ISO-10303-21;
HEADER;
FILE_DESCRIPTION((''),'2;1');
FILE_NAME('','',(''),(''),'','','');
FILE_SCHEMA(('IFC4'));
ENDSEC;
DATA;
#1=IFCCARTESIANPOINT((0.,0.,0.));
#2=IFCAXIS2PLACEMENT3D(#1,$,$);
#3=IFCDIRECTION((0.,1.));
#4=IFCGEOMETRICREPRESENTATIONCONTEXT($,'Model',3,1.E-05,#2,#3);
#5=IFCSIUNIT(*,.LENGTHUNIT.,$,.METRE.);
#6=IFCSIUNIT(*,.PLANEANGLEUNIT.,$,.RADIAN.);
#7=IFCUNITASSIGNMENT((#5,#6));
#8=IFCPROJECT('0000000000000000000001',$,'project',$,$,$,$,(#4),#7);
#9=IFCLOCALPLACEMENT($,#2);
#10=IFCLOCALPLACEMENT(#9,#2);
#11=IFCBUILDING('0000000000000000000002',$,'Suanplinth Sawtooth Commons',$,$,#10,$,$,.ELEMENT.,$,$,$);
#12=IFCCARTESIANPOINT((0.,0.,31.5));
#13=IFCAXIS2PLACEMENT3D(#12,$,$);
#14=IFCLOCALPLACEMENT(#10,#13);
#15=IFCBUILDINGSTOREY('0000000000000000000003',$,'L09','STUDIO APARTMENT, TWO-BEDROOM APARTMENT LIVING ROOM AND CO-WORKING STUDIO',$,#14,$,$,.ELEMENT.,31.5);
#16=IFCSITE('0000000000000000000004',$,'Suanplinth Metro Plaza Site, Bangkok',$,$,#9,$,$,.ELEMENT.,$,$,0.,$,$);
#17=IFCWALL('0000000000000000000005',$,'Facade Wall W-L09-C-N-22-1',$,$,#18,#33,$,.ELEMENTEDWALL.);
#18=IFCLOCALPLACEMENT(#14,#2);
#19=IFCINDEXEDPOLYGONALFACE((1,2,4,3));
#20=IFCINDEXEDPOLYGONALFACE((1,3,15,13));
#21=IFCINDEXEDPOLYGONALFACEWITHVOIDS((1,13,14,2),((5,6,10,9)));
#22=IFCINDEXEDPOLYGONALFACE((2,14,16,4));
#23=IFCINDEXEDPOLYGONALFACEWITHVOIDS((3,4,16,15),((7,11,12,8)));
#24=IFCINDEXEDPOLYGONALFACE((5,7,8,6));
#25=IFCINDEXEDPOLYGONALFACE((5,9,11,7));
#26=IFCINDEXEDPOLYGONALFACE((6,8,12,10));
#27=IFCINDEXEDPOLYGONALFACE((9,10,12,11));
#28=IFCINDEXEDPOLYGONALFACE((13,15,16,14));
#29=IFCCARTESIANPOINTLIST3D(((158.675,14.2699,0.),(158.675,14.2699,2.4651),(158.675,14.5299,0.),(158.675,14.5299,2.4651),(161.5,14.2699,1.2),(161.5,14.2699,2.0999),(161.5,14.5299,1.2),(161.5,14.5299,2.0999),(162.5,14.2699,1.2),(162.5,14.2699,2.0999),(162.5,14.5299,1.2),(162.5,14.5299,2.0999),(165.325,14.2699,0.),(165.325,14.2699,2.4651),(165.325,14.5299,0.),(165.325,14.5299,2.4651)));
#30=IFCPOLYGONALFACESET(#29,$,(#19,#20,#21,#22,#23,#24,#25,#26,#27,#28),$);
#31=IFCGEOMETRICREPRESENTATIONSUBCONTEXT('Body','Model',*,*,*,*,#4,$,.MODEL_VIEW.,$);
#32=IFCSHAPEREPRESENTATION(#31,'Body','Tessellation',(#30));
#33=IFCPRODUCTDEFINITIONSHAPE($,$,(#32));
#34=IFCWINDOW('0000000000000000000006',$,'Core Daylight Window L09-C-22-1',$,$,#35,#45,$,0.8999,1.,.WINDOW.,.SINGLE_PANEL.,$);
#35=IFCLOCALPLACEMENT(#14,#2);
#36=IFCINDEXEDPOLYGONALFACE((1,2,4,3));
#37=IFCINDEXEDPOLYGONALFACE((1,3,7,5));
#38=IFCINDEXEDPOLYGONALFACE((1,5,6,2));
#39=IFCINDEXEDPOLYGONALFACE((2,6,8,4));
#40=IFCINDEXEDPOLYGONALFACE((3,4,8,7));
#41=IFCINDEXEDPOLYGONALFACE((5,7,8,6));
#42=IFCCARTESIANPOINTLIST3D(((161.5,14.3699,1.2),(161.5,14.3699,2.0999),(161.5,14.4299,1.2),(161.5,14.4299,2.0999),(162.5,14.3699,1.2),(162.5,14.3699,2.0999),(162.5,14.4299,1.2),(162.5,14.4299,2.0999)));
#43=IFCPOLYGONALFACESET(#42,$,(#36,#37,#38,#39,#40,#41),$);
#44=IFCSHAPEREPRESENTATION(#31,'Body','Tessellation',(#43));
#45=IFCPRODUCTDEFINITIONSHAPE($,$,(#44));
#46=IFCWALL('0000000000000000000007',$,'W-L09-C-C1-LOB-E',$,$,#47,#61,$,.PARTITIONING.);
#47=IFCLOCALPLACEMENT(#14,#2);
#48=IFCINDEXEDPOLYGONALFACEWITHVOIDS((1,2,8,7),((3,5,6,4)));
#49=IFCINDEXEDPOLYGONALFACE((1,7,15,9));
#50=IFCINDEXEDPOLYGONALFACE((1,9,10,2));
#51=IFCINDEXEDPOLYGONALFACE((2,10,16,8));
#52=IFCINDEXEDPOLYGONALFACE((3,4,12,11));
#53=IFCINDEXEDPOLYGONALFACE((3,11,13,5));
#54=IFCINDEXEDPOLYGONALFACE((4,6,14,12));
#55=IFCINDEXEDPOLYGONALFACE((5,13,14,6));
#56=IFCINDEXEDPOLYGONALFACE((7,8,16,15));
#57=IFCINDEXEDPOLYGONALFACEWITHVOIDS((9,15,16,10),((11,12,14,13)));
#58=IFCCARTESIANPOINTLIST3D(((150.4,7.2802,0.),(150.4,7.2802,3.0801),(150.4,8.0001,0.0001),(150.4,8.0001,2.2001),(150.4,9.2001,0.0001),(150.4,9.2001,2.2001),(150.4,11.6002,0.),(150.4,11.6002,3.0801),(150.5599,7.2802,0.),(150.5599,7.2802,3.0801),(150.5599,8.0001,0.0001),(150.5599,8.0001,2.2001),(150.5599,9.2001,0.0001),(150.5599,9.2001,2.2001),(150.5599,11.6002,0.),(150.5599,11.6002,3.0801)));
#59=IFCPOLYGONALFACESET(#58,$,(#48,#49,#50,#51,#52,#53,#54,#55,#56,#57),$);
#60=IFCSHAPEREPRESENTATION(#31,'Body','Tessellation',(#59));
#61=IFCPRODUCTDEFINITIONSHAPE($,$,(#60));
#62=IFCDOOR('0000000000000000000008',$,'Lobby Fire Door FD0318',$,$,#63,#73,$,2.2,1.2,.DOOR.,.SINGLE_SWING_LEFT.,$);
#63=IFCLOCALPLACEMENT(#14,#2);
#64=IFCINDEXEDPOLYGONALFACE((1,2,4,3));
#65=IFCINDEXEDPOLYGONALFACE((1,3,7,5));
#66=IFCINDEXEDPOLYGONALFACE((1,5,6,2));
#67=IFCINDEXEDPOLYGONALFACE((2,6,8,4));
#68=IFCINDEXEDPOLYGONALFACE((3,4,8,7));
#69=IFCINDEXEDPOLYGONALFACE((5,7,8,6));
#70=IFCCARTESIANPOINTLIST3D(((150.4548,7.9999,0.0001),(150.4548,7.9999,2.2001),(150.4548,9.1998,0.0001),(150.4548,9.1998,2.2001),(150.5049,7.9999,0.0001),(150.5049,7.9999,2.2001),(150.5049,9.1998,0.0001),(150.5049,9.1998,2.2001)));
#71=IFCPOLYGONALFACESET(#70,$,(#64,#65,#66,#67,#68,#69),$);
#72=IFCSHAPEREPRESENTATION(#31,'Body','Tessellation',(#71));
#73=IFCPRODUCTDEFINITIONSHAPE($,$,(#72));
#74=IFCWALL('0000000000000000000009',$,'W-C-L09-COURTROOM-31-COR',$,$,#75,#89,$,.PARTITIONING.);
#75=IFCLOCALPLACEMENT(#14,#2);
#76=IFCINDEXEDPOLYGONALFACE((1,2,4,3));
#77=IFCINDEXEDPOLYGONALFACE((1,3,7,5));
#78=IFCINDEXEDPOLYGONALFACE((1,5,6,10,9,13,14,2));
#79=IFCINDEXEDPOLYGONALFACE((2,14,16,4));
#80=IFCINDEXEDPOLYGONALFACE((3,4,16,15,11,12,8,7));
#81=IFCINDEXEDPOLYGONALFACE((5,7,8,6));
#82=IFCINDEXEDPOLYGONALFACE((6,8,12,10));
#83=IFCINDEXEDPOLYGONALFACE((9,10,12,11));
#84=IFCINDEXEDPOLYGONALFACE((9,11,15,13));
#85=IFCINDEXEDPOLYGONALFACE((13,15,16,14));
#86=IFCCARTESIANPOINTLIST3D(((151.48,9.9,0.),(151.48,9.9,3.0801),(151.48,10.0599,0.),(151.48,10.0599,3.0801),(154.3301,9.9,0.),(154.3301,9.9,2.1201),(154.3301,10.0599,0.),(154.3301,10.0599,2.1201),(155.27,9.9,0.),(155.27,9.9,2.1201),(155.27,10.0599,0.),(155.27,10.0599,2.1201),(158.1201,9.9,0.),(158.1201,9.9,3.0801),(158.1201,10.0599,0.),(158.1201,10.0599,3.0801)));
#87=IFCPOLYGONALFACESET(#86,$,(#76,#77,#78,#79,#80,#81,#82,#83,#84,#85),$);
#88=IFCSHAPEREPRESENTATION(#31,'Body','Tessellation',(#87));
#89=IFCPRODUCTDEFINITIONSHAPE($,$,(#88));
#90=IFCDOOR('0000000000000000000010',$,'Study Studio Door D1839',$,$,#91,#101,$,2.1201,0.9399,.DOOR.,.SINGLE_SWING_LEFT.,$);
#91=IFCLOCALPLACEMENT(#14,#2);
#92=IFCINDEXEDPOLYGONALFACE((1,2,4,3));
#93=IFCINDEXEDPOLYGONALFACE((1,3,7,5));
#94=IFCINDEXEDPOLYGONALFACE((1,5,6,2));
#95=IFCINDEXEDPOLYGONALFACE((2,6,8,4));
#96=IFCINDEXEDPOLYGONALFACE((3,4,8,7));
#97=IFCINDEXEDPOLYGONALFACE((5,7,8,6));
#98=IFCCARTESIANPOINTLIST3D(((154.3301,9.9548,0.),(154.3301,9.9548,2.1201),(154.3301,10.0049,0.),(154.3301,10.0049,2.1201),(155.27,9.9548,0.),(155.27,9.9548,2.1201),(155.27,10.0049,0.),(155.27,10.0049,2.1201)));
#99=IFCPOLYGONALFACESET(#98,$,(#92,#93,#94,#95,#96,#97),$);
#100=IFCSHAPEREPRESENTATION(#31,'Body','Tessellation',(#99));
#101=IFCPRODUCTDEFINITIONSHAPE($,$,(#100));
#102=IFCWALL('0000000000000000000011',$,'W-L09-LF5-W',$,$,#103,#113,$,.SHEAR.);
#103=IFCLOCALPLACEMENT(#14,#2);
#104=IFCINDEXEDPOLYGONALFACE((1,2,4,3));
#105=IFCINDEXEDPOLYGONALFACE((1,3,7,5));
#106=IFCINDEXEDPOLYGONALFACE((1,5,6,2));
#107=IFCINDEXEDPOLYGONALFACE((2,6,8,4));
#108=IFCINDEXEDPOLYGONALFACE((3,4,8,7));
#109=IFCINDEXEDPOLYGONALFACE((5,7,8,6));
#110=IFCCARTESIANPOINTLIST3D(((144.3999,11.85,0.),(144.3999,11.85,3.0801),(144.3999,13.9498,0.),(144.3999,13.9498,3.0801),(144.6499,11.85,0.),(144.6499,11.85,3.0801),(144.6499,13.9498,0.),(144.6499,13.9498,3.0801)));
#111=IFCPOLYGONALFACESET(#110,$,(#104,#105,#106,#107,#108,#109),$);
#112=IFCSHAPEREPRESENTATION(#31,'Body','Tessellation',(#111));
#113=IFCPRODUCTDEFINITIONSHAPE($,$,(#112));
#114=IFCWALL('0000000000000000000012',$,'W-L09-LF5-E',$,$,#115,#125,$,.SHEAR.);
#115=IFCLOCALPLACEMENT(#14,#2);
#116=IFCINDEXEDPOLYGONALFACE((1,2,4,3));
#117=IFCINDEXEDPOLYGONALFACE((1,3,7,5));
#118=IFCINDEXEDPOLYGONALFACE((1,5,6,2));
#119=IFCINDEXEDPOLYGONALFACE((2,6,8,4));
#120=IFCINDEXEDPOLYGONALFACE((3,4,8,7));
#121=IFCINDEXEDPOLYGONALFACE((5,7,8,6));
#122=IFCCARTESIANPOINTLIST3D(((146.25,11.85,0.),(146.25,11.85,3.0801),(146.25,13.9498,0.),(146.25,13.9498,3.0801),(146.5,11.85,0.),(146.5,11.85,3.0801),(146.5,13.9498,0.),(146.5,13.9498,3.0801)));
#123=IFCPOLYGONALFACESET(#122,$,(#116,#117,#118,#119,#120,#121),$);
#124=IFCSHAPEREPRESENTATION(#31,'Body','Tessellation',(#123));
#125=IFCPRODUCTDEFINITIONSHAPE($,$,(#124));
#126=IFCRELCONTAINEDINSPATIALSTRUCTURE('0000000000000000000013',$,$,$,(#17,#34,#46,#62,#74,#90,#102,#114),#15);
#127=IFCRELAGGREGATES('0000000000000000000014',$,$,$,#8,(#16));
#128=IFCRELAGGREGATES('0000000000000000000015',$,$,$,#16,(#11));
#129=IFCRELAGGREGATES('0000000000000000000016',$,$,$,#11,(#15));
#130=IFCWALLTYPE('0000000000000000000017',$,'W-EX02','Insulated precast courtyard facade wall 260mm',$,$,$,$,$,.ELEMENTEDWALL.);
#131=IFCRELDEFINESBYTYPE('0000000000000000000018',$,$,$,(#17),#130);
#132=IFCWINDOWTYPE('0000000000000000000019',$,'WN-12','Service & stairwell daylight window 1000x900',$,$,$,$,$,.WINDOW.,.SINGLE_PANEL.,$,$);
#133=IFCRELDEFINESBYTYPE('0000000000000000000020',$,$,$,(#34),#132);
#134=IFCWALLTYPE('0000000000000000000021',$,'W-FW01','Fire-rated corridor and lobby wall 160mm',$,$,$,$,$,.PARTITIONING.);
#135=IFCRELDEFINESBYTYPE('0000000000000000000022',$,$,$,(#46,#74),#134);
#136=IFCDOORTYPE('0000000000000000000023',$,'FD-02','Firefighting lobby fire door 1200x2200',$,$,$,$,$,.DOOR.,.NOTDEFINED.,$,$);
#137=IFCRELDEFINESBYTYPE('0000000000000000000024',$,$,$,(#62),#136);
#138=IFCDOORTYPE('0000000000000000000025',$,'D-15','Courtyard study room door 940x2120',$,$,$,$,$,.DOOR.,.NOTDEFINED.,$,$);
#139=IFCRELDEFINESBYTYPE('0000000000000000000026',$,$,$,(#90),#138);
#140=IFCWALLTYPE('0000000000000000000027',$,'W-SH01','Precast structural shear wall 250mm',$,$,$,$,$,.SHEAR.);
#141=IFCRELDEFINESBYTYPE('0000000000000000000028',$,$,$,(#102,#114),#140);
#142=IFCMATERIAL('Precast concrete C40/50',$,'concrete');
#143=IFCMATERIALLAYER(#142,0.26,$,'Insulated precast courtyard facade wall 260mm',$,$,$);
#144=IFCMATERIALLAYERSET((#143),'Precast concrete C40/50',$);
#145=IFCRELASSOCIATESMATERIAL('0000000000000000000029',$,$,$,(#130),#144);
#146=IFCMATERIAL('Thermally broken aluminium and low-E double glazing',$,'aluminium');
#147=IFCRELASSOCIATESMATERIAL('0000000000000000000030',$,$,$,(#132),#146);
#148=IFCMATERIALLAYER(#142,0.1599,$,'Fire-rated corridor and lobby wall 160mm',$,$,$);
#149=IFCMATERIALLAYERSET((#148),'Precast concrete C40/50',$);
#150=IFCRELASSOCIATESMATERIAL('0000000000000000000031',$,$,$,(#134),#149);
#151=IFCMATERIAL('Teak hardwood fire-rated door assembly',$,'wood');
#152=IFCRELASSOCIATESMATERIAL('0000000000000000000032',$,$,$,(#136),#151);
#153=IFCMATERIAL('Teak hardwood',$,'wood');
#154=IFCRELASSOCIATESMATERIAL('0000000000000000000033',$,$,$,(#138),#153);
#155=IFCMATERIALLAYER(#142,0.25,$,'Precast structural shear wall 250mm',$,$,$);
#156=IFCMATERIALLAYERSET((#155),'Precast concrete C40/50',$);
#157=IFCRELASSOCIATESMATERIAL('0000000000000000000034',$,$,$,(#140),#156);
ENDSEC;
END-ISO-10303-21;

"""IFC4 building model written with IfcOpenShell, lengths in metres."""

from ifc_helpers import new_model, si_unit, direction, frame, frame_2d, origin, place, context, subcontext, project, spatial, rectangle, extrude, material, layer, layer_set, type_object, element, fill, save


model = new_model("IFC4")

# Units and contexts
model_context = context("Model", 3, precision=1e-05, world=origin(), true_north=direction((0.0, 1.0)))
body_context = subcontext(model_context, "Body", "Model", "MODEL_VIEW")
ifc_project = project(units=[si_unit("LENGTHUNIT", "METRE"), si_unit("PLANEANGLEUNIT", "RADIAN")], contexts=[model_context])

# Site, building, storey
site_placement = place(None, origin())
site = spatial("IfcSite", under=ifc_project, at=site_placement, Name="Suanplinth Metro Plaza Site, Bangkok", CompositionType="ELEMENT", RefElevation=0.0)
building_placement = place(site_placement, origin())
building = spatial("IfcBuilding", under=site, at=building_placement, Name="Suanplinth Sawtooth Commons", CompositionType="ELEMENT")
storey_placement = place(building_placement, frame((0.0, 0.0, 31.5)))
storey = spatial("IfcBuildingStorey", under=building, at=storey_placement, Name="L09", Description="STUDIO APARTMENT, TWO-BEDROOM APARTMENT LIVING ROOM AND CO-WORKING STUDIO", CompositionType="ELEMENT", Elevation=31.5)

# Shared definitions
ifc_material_1 = material(Name="Precast concrete C40/50", Category="concrete")

# Shared definitions
ifc_layer_1 = layer(ifc_material_1, 0.26, Name="Insulated precast courtyard facade wall 260mm")
ifc_layer_set_1 = layer_set([ifc_layer_1], Name="Precast concrete C40/50")
wall_type_1 = type_object("IfcWallType", Name="W-EX02", Description="Insulated precast courtyard facade wall 260mm", PredefinedType="ELEMENTEDWALL", material=ifc_layer_set_1)
ifc_material_2 = material(Name="Thermally broken aluminium and low-E double glazing", Category="aluminium")
window_type_1 = type_object("IfcWindowType", Name="WN-12", Description="Service & stairwell daylight window 1000x900", PartitioningType="SINGLE_PANEL", PredefinedType="WINDOW", material=ifc_material_2)

# Wall, opening, window
wall_1_placement = place(storey_placement, frame((158.675, 14.3999, 0.0), z_axis=(0.0, 0.0, 1.0), x_axis=(1.0, 0.0, 0.0)))
wall_1 = element("IfcWall", 1, at=wall_1_placement, inside=storey, type_object=wall_type_1, Name="Facade Wall W-L09-C-N-22-1", PredefinedType="ELEMENTEDWALL", context=body_context, shape_type="SweptSolid", body=[
    extrude(rectangle(XDim=6.6499, YDim=0.26, at=frame_2d((3.325, 0.0))), origin(), (0.0, 0.0, 1.0), 2.4651),
])
opening_1_placement = place(wall_1_placement, frame((2.825, 0.0, 1.2)))
opening_1 = element("IfcOpeningElement", 2, at=opening_1_placement, cuts=wall_1, PredefinedType="OPENING", context=body_context, shape_type="SweptSolid", body=[
    extrude(rectangle(XDim=1.0, YDim=0.8999, at=frame_2d((0.5, 0.45))), frame((0.0, 0.145, 0.0), z_axis=(0.0, -1.0, 0.0), x_axis=(1.0, 0.0, 0.0)), (0.0, 0.0, 1.0), 0.2898),
])
window_1_placement = place(opening_1_placement, origin())
window_1 = element("IfcWindow", 3, at=window_1_placement, inside=storey, type_object=window_type_1, Name="Core Daylight Window L09-C-22-1", OverallHeight=0.8999, OverallWidth=1.0, PartitioningType="SINGLE_PANEL", PredefinedType="WINDOW", context=body_context, shape_type="SweptSolid", body=[
    extrude(rectangle(XDim=1.0, YDim=0.8999, at=frame_2d((0.5, 0.45))), frame((0.0, 0.03, 0.0), z_axis=(0.0, -1.0, 0.0), x_axis=(1.0, 0.0, 0.0)), (0.0, 0.0, 1.0), 0.0601),
])
fill(opening_1, window_1)

# Walls, openings, doors
ifc_layer_2 = layer(ifc_material_1, 0.1599, Name="Fire-rated corridor and lobby wall 160mm")
ifc_layer_set_2 = layer_set([ifc_layer_2], Name="Precast concrete C40/50")
wall_type_2 = type_object("IfcWallType", Name="W-FW01", Description="Fire-rated corridor and lobby wall 160mm", PredefinedType="PARTITIONING", material=ifc_layer_set_2)
wall_2_placement = place(storey_placement, frame((150.48, 7.28, 0.0), z_axis=(0.0, 0.0, 1.0), x_axis=(0.0, 1.0, 0.0)))
wall_2 = element("IfcWall", 4, at=wall_2_placement, inside=storey, type_object=wall_type_2, Name="W-L09-C-C1-LOB-E", PredefinedType="PARTITIONING", context=body_context, shape_type="SweptSolid", body=[
    extrude(rectangle(XDim=4.3201, YDim=0.1599, at=frame_2d((2.1602, 0.0))), origin(), (0.0, 0.0, 1.0), 3.0801),
])
opening_2_placement = place(wall_2_placement, frame((0.72, 0.0, 0.0)))
opening_2 = element("IfcOpeningElement", 5, at=opening_2_placement, cuts=wall_2, PredefinedType="OPENING", context=body_context, shape_type="SweptSolid", body=[
    extrude(rectangle(XDim=1.2, YDim=2.2, at=frame_2d((0.6001, 1.1001))), frame((0.0, 0.0947, 0.0), z_axis=(0.0, -1.0, 0.0), x_axis=(1.0, 0.0, 0.0)), (0.0, 0.0, 1.0), 0.1897),
])
ifc_material_3 = material(Name="Teak hardwood fire-rated door assembly", Category="wood")
door_type_1 = type_object("IfcDoorType", Name="FD-02", Description="Firefighting lobby fire door 1200x2200", OperationType="NOTDEFINED", PredefinedType="DOOR", material=ifc_material_3)
door_1_placement = place(opening_2_placement, frame((1.2, 0.0, 0.0), z_axis=(0.0, 0.0, 1.0), x_axis=(-1.0, 0.0, 0.0)))
door_1 = element("IfcDoor", 6, at=door_1_placement, inside=storey, type_object=door_type_1, Name="Lobby Fire Door FD0318", OperationType="SINGLE_SWING_LEFT", OverallHeight=2.2, OverallWidth=1.2, PredefinedType="DOOR", context=body_context, shape_type="SweptSolid", body=[
    extrude(rectangle(XDim=1.2, YDim=2.2, at=frame_2d((0.6001, 1.1001))), frame((0.0, 0.0249, 0.0), z_axis=(0.0, -1.0, 0.0), x_axis=(1.0, 0.0, 0.0)), (0.0, 0.0, 1.0), 0.05),
])
fill(opening_2, door_1)
wall_3_placement = place(storey_placement, frame((151.48, 9.98, 0.0), z_axis=(0.0, 0.0, 1.0), x_axis=(1.0, 0.0, 0.0)))
wall_3 = element("IfcWall", 7, at=wall_3_placement, inside=storey, type_object=wall_type_2, Name="W-C-L09-COURTROOM-31-COR", PredefinedType="PARTITIONING", context=body_context, shape_type="SweptSolid", body=[
    extrude(rectangle(XDim=6.6401, YDim=0.1599, at=frame_2d((3.3201, 0.0))), origin(), (0.0, 0.0, 1.0), 3.0801),
])
opening_3_placement = place(wall_3_placement, frame((2.8501, 0.0, 0.0)))
opening_3 = element("IfcOpeningElement", 8, at=opening_3_placement, cuts=wall_3, PredefinedType="OPENING", context=body_context, shape_type="SweptSolid", body=[
    extrude(rectangle(XDim=0.9399, YDim=2.1201, at=frame_2d((0.47, 1.0601))), frame((0.0, 0.0947, 0.0), z_axis=(0.0, -1.0, 0.0), x_axis=(1.0, 0.0, 0.0)), (0.0, 0.0, 1.0), 0.1897),
])
ifc_material_4 = material(Name="Teak hardwood", Category="wood")
door_type_2 = type_object("IfcDoorType", Name="D-15", Description="Courtyard study room door 940x2120", OperationType="NOTDEFINED", PredefinedType="DOOR", material=ifc_material_4)
door_2_placement = place(opening_3_placement, origin())
door_2 = element("IfcDoor", 9, at=door_2_placement, inside=storey, type_object=door_type_2, Name="Study Studio Door D1839", OperationType="SINGLE_SWING_LEFT", OverallHeight=2.1201, OverallWidth=0.9399, PredefinedType="DOOR", context=body_context, shape_type="SweptSolid", body=[
    extrude(rectangle(XDim=0.9399, YDim=2.1201, at=frame_2d((0.47, 1.0601))), frame((0.0, 0.0249, 0.0), z_axis=(0.0, -1.0, 0.0), x_axis=(1.0, 0.0, 0.0)), (0.0, 0.0, 1.0), 0.05),
])
fill(opening_3, door_2)

# Walls
ifc_layer_3 = layer(ifc_material_1, 0.25, Name="Precast structural shear wall 250mm")
ifc_layer_set_3 = layer_set([ifc_layer_3], Name="Precast concrete C40/50")
wall_type_3 = type_object("IfcWallType", Name="W-SH01", Description="Precast structural shear wall 250mm", PredefinedType="SHEAR", material=ifc_layer_set_3)
for number, where, z_axis, x_axis, name in (
    (10, (144.5249, 11.8501, 0.0), (0.0, 0.0, 1.0), (0.0, 1.0, 0.0), "W-L09-LF5-W"),
    (11, (146.375, 11.8501, 0.0), (0.0, 0.0, 1.0), (0.0, 1.0, 0.0), "W-L09-LF5-E"),
):
    element("IfcWall", number, at=place(storey_placement, frame(where, z_axis=z_axis, x_axis=x_axis)), inside=storey, type_object=wall_type_3, Name=name, PredefinedType="SHEAR", context=body_context, shape_type="SweptSolid", body=[
        extrude(rectangle(XDim=2.0999, YDim=0.25, at=frame_2d((1.0498, 0.0))), origin(), (0.0, 0.0, 1.0), 3.0801),
    ])

save(model, "model.ifc")
